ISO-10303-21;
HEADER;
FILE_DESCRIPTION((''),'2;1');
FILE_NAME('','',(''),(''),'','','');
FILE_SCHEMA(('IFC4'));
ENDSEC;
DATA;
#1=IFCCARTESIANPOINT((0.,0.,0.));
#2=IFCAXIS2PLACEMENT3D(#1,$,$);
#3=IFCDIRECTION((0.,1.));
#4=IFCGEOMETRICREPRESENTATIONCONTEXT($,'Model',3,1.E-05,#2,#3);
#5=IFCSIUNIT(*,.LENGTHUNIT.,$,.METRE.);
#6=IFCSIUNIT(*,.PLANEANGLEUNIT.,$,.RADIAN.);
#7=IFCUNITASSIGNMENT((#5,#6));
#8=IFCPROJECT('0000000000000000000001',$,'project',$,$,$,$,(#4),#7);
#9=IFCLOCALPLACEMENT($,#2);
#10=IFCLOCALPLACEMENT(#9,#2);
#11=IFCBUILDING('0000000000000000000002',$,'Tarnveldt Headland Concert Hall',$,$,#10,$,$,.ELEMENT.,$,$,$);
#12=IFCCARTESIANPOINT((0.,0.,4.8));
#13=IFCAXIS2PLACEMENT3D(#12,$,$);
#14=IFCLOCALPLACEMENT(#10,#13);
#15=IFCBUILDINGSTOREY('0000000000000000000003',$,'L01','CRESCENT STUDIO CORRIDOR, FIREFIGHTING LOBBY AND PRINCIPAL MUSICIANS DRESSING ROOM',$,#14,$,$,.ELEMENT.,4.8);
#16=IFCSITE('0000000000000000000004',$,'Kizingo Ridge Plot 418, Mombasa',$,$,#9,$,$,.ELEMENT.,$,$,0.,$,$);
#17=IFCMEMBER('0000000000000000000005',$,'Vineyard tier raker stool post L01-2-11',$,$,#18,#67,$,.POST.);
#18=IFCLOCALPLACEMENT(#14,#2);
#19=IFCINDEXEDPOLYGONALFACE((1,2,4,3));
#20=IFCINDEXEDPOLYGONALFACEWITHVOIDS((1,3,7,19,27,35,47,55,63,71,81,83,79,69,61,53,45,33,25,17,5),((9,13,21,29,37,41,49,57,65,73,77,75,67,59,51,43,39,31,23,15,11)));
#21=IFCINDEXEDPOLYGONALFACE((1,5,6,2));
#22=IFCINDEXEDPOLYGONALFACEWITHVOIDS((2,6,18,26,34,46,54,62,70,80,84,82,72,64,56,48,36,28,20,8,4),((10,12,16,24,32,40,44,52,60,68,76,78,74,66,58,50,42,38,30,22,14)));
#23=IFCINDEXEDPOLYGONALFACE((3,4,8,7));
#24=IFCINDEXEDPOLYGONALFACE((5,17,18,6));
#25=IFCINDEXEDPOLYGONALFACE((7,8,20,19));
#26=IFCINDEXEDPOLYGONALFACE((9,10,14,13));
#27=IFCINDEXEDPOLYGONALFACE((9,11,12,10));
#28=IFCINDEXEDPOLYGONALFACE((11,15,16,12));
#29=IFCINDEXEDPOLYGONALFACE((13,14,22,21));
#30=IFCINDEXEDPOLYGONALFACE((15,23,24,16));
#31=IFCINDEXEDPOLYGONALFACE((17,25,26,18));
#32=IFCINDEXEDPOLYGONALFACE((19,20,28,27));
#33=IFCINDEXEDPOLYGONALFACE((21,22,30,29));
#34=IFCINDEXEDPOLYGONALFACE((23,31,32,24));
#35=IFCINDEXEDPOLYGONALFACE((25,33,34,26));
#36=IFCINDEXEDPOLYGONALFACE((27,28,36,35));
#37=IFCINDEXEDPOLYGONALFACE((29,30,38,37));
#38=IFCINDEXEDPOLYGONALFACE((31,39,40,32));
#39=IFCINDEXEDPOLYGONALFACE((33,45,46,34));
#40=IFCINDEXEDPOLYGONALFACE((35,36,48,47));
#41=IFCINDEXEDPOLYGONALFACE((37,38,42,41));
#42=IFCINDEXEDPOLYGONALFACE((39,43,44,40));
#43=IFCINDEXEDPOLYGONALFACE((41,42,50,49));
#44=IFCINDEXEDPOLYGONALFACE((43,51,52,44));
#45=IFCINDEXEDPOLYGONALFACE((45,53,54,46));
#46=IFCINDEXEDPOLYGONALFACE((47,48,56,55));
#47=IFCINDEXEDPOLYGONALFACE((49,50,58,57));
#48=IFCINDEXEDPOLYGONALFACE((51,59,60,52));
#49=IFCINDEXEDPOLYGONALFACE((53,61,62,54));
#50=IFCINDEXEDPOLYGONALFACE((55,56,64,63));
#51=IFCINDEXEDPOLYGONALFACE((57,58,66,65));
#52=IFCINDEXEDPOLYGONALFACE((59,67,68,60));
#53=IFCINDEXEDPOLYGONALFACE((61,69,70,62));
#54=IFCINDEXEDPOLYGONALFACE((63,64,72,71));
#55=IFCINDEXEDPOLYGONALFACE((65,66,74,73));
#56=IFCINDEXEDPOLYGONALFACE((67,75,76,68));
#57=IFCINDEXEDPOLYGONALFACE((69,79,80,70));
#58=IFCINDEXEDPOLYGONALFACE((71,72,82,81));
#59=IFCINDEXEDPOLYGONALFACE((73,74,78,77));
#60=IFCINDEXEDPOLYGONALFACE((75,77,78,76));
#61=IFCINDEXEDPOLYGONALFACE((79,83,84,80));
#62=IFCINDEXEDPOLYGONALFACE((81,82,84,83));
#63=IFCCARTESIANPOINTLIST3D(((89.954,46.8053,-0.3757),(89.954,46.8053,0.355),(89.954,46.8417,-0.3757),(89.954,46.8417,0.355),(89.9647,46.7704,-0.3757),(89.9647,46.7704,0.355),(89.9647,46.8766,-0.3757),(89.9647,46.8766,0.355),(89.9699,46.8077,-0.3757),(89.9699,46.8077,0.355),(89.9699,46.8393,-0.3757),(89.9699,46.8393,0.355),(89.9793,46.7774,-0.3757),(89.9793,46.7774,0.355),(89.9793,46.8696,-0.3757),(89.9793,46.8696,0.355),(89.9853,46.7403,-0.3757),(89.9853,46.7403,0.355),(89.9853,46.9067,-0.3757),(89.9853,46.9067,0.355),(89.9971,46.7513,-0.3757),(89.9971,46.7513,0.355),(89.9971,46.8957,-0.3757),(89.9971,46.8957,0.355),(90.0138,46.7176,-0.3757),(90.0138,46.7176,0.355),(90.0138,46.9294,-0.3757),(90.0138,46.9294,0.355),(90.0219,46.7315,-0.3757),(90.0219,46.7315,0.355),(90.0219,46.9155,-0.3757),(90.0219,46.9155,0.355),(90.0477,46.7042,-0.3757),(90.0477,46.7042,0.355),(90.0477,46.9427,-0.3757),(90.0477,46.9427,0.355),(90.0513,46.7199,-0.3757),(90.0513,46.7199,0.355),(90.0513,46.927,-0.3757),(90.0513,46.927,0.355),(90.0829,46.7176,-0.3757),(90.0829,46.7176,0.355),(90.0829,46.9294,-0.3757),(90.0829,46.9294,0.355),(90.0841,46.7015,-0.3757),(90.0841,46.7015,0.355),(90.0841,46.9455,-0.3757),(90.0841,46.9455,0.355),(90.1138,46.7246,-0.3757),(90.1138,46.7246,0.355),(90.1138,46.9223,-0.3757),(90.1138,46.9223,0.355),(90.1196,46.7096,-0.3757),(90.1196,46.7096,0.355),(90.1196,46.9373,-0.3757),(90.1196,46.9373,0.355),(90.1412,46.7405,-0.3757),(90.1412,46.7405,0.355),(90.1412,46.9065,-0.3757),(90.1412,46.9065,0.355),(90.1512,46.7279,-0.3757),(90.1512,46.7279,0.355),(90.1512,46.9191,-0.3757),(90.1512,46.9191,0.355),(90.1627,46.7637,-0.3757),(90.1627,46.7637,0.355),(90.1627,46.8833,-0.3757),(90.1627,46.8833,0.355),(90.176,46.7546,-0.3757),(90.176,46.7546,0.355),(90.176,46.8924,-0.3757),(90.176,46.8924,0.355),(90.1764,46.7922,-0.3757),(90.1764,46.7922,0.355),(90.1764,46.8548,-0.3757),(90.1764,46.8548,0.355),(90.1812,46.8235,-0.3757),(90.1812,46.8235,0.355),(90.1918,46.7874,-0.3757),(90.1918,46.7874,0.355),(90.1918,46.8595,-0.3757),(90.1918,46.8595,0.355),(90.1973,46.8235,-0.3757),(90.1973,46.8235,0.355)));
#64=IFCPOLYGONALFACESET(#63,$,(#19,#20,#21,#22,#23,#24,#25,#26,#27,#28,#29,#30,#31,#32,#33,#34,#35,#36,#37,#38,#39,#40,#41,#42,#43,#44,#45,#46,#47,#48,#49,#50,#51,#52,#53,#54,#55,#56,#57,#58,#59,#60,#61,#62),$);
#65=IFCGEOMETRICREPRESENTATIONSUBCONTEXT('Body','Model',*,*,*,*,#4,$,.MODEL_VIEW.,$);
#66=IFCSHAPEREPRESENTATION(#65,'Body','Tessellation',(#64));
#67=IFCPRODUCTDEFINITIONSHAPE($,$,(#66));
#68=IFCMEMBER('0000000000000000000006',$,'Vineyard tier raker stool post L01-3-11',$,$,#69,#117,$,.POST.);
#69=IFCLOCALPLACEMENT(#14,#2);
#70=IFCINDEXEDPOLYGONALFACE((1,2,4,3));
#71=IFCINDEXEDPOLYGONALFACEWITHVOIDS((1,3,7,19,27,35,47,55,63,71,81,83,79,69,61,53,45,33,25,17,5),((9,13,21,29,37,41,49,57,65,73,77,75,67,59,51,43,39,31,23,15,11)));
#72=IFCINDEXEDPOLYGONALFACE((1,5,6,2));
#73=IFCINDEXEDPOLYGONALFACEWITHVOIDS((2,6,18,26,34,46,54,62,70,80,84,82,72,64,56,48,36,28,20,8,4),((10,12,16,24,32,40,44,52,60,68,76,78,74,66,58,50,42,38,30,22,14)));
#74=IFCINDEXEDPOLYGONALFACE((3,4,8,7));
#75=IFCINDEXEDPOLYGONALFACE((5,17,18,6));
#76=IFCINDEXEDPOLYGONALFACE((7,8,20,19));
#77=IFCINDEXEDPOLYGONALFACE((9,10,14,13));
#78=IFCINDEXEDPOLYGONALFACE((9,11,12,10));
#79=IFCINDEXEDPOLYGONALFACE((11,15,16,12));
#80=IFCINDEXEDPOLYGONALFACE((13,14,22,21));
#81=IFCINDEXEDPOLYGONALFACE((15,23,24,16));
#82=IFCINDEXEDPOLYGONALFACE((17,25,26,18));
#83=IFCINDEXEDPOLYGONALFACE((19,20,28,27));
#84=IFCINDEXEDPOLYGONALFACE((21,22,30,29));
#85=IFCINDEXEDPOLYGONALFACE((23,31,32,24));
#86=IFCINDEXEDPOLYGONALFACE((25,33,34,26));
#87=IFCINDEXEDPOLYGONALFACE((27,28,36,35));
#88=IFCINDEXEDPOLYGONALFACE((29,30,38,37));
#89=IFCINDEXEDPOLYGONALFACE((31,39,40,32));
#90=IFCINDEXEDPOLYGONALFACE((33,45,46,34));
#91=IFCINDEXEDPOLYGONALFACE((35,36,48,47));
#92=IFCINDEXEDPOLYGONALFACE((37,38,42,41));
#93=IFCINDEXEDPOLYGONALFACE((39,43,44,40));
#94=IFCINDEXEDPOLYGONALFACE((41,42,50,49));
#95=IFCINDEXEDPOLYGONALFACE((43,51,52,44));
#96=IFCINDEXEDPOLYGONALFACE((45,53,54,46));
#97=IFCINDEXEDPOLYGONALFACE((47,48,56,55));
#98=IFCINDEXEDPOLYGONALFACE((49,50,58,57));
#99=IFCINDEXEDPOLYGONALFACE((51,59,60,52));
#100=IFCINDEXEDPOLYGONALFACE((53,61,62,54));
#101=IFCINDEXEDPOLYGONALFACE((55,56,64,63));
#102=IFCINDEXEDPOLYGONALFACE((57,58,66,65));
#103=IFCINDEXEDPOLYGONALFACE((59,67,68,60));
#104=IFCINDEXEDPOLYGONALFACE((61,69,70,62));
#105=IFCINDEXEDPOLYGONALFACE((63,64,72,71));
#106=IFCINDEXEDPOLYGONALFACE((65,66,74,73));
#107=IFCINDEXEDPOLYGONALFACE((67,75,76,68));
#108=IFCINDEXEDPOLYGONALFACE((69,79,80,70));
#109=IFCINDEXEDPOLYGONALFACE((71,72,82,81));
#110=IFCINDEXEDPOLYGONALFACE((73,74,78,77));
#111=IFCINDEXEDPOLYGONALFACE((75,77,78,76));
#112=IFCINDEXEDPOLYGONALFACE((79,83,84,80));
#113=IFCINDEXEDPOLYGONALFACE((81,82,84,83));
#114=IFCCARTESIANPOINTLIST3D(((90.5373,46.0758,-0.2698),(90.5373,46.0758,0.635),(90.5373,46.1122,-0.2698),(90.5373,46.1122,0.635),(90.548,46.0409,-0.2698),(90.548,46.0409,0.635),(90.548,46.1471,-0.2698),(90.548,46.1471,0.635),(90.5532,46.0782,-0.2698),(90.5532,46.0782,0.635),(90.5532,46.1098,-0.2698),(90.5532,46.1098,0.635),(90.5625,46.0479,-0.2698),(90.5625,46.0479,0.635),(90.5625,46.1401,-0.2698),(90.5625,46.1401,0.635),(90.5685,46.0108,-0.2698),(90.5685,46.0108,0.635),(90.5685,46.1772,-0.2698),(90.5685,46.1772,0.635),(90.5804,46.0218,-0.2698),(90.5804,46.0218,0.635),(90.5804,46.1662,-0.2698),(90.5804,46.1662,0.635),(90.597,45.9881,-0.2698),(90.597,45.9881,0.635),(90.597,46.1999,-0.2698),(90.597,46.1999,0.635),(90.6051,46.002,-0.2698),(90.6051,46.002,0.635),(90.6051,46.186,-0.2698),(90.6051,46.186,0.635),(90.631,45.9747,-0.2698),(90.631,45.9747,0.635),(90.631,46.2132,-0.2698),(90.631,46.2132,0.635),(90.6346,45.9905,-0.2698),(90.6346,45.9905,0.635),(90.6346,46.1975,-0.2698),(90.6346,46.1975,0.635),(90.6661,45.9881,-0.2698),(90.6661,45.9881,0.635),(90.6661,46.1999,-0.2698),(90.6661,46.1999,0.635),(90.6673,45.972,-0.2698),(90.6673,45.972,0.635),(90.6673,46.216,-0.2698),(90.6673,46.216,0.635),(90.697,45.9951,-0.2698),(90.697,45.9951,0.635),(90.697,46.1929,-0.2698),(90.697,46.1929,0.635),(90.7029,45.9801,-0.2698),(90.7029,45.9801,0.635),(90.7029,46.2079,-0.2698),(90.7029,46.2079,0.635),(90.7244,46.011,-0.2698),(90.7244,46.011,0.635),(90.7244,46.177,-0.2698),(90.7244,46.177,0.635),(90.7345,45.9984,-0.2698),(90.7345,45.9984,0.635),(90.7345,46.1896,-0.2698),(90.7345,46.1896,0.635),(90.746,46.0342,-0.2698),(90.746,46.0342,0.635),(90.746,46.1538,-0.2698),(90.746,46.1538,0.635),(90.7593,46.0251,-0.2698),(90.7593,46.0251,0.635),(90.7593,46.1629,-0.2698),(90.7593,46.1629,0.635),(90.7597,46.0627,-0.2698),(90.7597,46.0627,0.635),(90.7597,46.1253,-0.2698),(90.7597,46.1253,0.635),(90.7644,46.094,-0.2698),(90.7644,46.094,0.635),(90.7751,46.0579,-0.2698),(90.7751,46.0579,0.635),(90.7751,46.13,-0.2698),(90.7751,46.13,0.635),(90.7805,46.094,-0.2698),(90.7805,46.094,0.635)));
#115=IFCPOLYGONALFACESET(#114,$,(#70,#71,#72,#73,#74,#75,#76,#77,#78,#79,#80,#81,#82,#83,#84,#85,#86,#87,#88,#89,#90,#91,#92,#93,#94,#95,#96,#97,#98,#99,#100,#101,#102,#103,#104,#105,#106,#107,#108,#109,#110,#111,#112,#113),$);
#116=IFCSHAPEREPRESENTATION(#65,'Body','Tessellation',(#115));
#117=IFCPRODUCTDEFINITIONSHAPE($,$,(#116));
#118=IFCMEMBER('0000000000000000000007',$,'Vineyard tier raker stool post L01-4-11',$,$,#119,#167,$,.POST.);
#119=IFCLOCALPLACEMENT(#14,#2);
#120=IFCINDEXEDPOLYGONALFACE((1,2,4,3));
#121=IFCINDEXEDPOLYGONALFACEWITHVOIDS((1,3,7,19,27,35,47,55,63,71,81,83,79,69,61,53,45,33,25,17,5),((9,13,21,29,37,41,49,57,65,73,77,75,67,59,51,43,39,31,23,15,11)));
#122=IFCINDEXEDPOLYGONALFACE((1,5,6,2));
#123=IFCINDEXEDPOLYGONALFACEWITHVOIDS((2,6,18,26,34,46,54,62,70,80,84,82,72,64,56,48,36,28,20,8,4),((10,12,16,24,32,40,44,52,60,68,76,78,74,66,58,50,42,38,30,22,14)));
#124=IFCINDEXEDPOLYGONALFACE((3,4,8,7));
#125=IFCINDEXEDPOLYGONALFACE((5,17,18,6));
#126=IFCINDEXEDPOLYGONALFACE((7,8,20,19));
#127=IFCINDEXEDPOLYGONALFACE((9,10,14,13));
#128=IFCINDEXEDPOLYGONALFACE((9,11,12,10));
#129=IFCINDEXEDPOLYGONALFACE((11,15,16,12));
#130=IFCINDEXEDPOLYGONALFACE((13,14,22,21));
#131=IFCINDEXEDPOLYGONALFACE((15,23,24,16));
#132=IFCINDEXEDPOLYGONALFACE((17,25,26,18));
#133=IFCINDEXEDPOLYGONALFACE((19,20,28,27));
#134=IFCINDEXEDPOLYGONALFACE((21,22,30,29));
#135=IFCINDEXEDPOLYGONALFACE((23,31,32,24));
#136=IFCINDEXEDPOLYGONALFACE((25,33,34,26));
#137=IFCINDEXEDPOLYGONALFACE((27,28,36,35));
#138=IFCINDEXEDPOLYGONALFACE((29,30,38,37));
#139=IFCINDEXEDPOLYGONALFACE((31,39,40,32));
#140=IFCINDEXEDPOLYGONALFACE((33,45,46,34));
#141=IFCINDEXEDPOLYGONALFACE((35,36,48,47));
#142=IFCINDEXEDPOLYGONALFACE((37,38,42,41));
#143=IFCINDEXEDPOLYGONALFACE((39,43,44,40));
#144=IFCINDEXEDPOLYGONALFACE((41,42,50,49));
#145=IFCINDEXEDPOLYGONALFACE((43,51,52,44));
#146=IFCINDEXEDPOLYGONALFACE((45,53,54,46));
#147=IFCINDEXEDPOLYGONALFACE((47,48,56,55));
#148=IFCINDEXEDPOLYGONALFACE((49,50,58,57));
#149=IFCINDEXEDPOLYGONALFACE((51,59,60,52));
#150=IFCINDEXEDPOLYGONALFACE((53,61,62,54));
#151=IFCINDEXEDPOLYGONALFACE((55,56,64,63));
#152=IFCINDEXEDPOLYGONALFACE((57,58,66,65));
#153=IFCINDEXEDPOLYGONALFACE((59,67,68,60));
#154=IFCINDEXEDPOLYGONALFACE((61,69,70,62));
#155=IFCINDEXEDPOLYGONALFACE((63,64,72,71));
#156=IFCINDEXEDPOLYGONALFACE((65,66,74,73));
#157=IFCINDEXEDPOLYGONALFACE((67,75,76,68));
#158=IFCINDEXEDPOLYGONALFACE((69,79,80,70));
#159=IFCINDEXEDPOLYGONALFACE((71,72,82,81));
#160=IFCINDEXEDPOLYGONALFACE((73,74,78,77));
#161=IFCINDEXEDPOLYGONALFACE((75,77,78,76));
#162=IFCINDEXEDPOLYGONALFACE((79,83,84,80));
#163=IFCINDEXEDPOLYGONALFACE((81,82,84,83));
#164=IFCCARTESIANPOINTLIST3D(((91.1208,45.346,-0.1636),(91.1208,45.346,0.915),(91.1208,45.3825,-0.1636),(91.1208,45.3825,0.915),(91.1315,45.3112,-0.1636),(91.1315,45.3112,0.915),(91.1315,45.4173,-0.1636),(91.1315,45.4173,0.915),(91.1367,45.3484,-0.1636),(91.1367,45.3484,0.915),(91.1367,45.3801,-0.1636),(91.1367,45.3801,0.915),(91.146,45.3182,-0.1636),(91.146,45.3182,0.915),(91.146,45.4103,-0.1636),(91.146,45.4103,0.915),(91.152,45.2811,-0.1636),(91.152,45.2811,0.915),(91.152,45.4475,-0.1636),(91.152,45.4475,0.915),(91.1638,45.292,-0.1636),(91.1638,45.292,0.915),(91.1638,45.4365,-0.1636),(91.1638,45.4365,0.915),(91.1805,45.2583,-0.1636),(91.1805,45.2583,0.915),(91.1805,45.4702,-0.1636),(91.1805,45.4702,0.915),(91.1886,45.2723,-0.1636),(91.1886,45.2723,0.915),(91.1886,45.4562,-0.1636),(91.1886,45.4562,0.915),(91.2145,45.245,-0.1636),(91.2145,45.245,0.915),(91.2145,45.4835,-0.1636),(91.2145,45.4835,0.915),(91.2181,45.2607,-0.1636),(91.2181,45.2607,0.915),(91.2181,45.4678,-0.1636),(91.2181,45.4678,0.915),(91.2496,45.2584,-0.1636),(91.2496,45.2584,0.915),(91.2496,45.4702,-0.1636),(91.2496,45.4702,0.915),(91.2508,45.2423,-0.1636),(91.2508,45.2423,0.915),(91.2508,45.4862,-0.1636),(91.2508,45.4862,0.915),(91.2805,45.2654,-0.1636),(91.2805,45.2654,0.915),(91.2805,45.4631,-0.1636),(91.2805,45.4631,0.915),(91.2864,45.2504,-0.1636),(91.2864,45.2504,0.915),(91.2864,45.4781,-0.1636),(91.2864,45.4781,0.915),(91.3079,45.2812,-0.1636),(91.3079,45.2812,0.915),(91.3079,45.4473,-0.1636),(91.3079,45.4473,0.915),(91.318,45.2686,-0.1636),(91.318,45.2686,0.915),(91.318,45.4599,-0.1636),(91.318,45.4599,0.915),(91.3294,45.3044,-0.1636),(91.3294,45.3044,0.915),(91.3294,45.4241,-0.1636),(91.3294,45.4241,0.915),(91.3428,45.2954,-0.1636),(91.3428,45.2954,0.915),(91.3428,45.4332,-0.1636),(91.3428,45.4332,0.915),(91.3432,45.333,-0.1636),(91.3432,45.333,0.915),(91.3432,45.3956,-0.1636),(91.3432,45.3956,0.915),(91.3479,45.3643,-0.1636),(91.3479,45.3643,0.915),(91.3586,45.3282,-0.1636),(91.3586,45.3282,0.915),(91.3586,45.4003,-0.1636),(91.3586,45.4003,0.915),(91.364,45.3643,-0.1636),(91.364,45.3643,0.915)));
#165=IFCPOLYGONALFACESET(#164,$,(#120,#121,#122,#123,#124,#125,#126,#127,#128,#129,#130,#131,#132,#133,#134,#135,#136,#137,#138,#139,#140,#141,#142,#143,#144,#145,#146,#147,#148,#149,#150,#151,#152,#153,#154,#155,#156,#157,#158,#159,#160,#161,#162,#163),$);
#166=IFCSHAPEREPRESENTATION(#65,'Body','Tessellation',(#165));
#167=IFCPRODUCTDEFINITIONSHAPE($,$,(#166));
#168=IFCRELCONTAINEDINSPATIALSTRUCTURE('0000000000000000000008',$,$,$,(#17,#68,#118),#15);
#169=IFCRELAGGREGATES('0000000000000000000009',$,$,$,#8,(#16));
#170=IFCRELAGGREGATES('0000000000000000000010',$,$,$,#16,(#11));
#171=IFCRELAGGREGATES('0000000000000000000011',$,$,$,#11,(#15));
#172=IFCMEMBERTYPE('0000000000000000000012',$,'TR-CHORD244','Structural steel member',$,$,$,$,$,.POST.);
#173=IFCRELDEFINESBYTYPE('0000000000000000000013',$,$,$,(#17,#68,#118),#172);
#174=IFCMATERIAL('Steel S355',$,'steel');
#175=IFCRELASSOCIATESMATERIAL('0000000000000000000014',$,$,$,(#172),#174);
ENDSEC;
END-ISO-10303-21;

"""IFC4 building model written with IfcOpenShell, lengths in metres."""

from ifc_helpers import new_model, si_unit, direction, frame, origin, origin_2d, place, context, subcontext, project, spatial, hollow_circle, extrude, material, material_profile, profile_set, type_object, element, save


model = new_model("IFC4")

# Units and contexts
model_context = context("Model", 3, precision=1e-05, world=origin(), true_north=direction((0.0, 1.0)))
body_context = subcontext(model_context, "Body", "Model", "MODEL_VIEW")
ifc_project = project(units=[si_unit("LENGTHUNIT", "METRE"), si_unit("PLANEANGLEUNIT", "RADIAN")], contexts=[model_context])

# Site, building, storey
site_placement = place(None, origin())
site = spatial("IfcSite", under=ifc_project, at=site_placement, Name="Kizingo Ridge Plot 418, Mombasa", CompositionType="ELEMENT", RefElevation=0.0)
building_placement = place(site_placement, origin())
building = spatial("IfcBuilding", under=site, at=building_placement, Name="Tarnveldt Headland Concert Hall", CompositionType="ELEMENT")
storey_placement = place(building_placement, frame((0.0, 0.0, 4.8)))
storey = spatial("IfcBuildingStorey", under=building, at=storey_placement, Name="L01", Description="CRESCENT STUDIO CORRIDOR, FIREFIGHTING LOBBY AND PRINCIPAL MUSICIANS DRESSING ROOM", CompositionType="ELEMENT", Elevation=4.8)

# Shared definitions
ifc_material_1 = material(Name="Steel S355", Category="steel")

# Members
ifc_material_profile_1 = material_profile(ifc_material_1, hollow_circle(Radius=0.1223, WallThickness=0.0161, at=origin_2d()), Name="CHS 244.5x16", Category="steel")
ifc_profile_set_1 = profile_set([ifc_material_profile_1], Name="Steel S355")
member_type = type_object("IfcMemberType", Name="TR-CHORD244", Description="Structural steel member", PredefinedType="POST", material=ifc_profile_set_1)
member_1_placement = place(storey_placement, frame((90.075, 46.8235, -0.3757), z_axis=(0.0, 0.0, 1.0), x_axis=(1.0, 0.0, 0.0)))
element("IfcMember", 1, at=member_1_placement, inside=storey, type_object=member_type, Name="Vineyard tier raker stool post L01-2-11", PredefinedType="POST", context=body_context, shape_type="SweptSolid", body=[
    extrude(hollow_circle(Radius=0.1223, WallThickness=0.0161, at=origin_2d()), origin(), (0.0, 0.0, 1.0), 0.7307),
])
member_2_placement = place(storey_placement, frame((90.6582, 46.094, -0.2698), z_axis=(0.0, 0.0, 1.0), x_axis=(1.0, 0.0, 0.0)))
element("IfcMember", 2, at=member_2_placement, inside=storey, type_object=member_type, Name="Vineyard tier raker stool post L01-3-11", PredefinedType="POST", context=body_context, shape_type="SweptSolid", body=[
    extrude(hollow_circle(Radius=0.1223, WallThickness=0.0161, at=origin_2d()), origin(), (0.0, 0.0, 1.0), 0.9048),
])
member_3_placement = place(storey_placement, frame((91.2417, 45.3643, -0.1636), z_axis=(0.0, 0.0, 1.0), x_axis=(1.0, 0.0, 0.0)))
element("IfcMember", 3, at=member_3_placement, inside=storey, type_object=member_type, Name="Vineyard tier raker stool post L01-4-11", PredefinedType="POST", context=body_context, shape_type="SweptSolid", body=[
    extrude(hollow_circle(Radius=0.1223, WallThickness=0.0161, at=origin_2d()), origin(), (0.0, 0.0, 1.0), 1.0786),
])

save(model, "model.ifc")
